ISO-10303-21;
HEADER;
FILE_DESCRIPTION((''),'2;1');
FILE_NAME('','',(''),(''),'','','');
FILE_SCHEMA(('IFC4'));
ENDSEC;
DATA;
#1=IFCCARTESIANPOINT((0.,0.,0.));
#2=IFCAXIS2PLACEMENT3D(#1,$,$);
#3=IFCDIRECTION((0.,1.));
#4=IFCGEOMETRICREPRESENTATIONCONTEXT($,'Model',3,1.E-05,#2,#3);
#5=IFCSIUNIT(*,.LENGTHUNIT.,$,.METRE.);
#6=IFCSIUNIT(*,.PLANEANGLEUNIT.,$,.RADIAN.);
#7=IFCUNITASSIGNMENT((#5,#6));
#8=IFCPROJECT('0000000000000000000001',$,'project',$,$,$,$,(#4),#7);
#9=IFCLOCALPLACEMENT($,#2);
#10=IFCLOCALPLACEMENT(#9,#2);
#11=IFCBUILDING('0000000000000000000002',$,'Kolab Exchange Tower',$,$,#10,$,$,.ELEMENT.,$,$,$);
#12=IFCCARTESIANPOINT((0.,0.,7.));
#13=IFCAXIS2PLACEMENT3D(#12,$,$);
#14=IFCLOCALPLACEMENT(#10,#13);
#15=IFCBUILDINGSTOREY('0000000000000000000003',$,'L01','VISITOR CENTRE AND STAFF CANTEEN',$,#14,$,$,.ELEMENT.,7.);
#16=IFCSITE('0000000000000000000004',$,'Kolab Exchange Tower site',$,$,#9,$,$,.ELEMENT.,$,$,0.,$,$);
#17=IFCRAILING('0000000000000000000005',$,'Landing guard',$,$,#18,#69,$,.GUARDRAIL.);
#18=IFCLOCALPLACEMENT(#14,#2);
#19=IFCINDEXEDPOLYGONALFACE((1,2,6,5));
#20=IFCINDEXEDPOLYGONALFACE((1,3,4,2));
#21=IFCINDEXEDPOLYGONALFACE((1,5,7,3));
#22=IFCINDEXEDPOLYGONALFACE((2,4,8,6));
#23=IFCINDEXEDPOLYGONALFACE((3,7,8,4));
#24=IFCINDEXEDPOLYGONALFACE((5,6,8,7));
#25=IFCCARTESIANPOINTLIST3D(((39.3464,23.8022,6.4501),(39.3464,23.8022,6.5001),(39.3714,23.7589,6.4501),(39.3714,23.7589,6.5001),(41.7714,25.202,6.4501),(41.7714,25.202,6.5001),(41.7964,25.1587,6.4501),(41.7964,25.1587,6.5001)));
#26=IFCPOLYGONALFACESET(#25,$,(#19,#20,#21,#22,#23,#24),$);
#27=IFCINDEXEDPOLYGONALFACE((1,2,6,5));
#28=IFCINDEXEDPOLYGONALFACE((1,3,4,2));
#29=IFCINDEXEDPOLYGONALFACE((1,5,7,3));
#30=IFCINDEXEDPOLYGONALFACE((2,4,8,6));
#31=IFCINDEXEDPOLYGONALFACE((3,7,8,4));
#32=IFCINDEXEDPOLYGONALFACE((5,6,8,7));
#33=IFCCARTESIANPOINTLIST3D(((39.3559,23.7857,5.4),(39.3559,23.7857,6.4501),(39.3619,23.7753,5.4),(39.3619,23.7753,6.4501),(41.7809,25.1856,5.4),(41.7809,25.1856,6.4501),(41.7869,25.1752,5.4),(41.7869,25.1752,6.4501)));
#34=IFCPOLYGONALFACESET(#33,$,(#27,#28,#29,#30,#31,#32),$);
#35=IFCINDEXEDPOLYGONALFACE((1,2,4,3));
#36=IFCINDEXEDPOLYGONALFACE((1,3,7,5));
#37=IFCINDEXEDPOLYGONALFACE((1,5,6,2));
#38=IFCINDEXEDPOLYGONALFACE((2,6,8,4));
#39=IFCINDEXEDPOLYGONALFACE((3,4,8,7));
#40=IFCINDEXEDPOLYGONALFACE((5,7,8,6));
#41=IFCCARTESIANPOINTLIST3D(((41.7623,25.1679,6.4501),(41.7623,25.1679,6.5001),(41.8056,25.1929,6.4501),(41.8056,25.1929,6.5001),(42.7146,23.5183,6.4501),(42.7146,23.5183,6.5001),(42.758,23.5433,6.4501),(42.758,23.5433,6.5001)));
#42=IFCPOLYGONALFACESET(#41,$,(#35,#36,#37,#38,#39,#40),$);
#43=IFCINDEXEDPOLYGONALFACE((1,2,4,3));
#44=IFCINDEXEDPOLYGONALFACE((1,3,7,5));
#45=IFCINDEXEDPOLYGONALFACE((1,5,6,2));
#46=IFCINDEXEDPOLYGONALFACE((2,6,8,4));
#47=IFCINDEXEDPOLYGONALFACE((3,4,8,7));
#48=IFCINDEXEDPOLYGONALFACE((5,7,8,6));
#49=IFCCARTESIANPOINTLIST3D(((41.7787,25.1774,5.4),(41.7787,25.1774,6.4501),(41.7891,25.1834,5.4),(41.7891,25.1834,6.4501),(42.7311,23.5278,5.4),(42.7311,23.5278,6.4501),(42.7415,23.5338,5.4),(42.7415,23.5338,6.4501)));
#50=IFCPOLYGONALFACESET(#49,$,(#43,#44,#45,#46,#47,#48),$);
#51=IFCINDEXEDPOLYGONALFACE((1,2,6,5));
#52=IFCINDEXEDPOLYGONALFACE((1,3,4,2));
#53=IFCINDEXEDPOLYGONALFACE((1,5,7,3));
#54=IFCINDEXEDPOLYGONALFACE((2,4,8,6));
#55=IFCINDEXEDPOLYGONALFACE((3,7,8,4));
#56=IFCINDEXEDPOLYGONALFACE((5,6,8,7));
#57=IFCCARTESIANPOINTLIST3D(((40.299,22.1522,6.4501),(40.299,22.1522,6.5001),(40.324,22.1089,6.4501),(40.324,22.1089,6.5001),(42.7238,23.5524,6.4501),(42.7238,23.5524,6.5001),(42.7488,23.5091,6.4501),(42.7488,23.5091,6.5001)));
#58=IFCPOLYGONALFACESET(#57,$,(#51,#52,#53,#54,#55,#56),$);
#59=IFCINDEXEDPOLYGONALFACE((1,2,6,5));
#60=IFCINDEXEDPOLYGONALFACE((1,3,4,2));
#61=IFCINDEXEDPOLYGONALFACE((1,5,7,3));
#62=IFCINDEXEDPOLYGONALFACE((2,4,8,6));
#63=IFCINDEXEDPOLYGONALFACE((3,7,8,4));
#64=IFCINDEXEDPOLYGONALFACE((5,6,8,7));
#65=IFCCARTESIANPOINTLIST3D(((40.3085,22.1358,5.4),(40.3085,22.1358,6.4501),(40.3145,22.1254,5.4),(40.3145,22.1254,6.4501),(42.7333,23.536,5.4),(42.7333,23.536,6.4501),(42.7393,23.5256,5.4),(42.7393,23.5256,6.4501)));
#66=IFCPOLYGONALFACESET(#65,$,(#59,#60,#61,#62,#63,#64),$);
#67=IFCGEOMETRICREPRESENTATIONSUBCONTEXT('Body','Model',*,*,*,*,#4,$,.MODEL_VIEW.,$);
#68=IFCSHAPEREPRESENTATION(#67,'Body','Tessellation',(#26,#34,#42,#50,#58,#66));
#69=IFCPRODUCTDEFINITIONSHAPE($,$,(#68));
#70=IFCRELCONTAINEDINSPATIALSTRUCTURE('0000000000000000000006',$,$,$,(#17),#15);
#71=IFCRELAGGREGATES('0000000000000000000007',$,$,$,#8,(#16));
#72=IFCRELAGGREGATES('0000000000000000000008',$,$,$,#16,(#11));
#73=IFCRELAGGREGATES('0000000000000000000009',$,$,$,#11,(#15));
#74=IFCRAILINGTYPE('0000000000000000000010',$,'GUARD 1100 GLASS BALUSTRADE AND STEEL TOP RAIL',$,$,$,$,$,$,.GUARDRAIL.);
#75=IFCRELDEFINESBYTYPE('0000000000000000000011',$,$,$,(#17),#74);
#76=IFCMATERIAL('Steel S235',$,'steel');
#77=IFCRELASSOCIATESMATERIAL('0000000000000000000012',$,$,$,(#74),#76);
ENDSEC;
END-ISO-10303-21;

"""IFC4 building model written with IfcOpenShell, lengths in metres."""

from ifc_helpers import new_model, si_unit, direction, frame, frame_2d, origin, origin_2d, place, context, subcontext, project, spatial, rectangle, extrude, material, type_object, element, save


model = new_model("IFC4")

# Units and contexts
model_context = context("Model", 3, precision=1e-05, world=origin(), true_north=direction((0.0, 1.0)))
body_context = subcontext(model_context, "Body", "Model", "MODEL_VIEW")
ifc_project = project(units=[si_unit("LENGTHUNIT", "METRE"), si_unit("PLANEANGLEUNIT", "RADIAN")], contexts=[model_context])

# Site, building, storey
site_placement = place(None, origin())
site = spatial("IfcSite", under=ifc_project, at=site_placement, Name="Kolab Exchange Tower site", CompositionType="ELEMENT", RefElevation=0.0)
building_placement = place(site_placement, origin())
building = spatial("IfcBuilding", under=site, at=building_placement, Name="Kolab Exchange Tower", CompositionType="ELEMENT")
storey_placement = place(building_placement, frame((0.0, 0.0, 7.0)))
storey = spatial("IfcBuildingStorey", under=building, at=storey_placement, Name="L01", Description="VISITOR CENTRE AND STAFF CANTEEN", CompositionType="ELEMENT", Elevation=7.0)

# Railing
ifc_material_1 = material(Name="Steel S235", Category="steel")
railing_type = type_object("IfcRailingType", Name="GUARD 1100 GLASS BALUSTRADE AND STEEL TOP RAIL", PredefinedType="GUARDRAIL", material=ifc_material_1)
railing_placement = place(storey_placement, frame((39.3589, 23.7805, 5.3999)))
element("IfcRailing", 1, at=railing_placement, inside=storey, type_object=railing_type, Name="Landing guard", PredefinedType="GUARDRAIL", context=body_context, shape_type="SweptSolid", body=[
    extrude(rectangle(XDim=0.05, YDim=0.05, at=origin_2d()), frame((0.0, 0.0, 1.0752), z_axis=(0.866056, 0.499946, 0.0), x_axis=(-0.499946, 0.866056, 0.0)), (0.0, 0.0, 1.0), 2.8),
    extrude(rectangle(XDim=0.012, YDim=1.0501, at=frame_2d((0.0, 0.5251))), frame((0.0, 0.0, 0.0), z_axis=(0.866056, 0.499946, 0.0), x_axis=(-0.499946, 0.866056, 0.0)), (0.0, 0.0, 1.0), 2.8),
    extrude(rectangle(XDim=0.05, YDim=0.05, at=origin_2d()), frame((2.425, 1.3999, 1.0752), z_axis=(0.499985, -0.866034, 0.0), x_axis=(0.866034, 0.499985, 0.0)), (0.0, 0.0, 1.0), 1.9048),
    extrude(rectangle(XDim=0.012, YDim=1.0501, at=frame_2d((0.0, 0.5251))), frame((2.425, 1.3999, 0.0), z_axis=(0.499985, -0.866034, 0.0), x_axis=(0.866034, 0.499985, 0.0)), (0.0, 0.0, 1.0), 1.9048),
    extrude(rectangle(XDim=0.05, YDim=0.05, at=origin_2d()), frame((3.3774, -0.2498, 1.0752), z_axis=(-0.865997, -0.50005, 0.0), x_axis=(0.50005, -0.865997, 0.0)), (0.0, 0.0, 1.0), 2.8),
    extrude(rectangle(XDim=0.012, YDim=1.0501, at=frame_2d((0.0, 0.5251))), frame((3.3774, -0.2498, 0.0), z_axis=(-0.865997, -0.50005, 0.0), x_axis=(0.50005, -0.865997, 0.0)), (0.0, 0.0, 1.0), 2.8),
])

save(model, "model.ifc")
